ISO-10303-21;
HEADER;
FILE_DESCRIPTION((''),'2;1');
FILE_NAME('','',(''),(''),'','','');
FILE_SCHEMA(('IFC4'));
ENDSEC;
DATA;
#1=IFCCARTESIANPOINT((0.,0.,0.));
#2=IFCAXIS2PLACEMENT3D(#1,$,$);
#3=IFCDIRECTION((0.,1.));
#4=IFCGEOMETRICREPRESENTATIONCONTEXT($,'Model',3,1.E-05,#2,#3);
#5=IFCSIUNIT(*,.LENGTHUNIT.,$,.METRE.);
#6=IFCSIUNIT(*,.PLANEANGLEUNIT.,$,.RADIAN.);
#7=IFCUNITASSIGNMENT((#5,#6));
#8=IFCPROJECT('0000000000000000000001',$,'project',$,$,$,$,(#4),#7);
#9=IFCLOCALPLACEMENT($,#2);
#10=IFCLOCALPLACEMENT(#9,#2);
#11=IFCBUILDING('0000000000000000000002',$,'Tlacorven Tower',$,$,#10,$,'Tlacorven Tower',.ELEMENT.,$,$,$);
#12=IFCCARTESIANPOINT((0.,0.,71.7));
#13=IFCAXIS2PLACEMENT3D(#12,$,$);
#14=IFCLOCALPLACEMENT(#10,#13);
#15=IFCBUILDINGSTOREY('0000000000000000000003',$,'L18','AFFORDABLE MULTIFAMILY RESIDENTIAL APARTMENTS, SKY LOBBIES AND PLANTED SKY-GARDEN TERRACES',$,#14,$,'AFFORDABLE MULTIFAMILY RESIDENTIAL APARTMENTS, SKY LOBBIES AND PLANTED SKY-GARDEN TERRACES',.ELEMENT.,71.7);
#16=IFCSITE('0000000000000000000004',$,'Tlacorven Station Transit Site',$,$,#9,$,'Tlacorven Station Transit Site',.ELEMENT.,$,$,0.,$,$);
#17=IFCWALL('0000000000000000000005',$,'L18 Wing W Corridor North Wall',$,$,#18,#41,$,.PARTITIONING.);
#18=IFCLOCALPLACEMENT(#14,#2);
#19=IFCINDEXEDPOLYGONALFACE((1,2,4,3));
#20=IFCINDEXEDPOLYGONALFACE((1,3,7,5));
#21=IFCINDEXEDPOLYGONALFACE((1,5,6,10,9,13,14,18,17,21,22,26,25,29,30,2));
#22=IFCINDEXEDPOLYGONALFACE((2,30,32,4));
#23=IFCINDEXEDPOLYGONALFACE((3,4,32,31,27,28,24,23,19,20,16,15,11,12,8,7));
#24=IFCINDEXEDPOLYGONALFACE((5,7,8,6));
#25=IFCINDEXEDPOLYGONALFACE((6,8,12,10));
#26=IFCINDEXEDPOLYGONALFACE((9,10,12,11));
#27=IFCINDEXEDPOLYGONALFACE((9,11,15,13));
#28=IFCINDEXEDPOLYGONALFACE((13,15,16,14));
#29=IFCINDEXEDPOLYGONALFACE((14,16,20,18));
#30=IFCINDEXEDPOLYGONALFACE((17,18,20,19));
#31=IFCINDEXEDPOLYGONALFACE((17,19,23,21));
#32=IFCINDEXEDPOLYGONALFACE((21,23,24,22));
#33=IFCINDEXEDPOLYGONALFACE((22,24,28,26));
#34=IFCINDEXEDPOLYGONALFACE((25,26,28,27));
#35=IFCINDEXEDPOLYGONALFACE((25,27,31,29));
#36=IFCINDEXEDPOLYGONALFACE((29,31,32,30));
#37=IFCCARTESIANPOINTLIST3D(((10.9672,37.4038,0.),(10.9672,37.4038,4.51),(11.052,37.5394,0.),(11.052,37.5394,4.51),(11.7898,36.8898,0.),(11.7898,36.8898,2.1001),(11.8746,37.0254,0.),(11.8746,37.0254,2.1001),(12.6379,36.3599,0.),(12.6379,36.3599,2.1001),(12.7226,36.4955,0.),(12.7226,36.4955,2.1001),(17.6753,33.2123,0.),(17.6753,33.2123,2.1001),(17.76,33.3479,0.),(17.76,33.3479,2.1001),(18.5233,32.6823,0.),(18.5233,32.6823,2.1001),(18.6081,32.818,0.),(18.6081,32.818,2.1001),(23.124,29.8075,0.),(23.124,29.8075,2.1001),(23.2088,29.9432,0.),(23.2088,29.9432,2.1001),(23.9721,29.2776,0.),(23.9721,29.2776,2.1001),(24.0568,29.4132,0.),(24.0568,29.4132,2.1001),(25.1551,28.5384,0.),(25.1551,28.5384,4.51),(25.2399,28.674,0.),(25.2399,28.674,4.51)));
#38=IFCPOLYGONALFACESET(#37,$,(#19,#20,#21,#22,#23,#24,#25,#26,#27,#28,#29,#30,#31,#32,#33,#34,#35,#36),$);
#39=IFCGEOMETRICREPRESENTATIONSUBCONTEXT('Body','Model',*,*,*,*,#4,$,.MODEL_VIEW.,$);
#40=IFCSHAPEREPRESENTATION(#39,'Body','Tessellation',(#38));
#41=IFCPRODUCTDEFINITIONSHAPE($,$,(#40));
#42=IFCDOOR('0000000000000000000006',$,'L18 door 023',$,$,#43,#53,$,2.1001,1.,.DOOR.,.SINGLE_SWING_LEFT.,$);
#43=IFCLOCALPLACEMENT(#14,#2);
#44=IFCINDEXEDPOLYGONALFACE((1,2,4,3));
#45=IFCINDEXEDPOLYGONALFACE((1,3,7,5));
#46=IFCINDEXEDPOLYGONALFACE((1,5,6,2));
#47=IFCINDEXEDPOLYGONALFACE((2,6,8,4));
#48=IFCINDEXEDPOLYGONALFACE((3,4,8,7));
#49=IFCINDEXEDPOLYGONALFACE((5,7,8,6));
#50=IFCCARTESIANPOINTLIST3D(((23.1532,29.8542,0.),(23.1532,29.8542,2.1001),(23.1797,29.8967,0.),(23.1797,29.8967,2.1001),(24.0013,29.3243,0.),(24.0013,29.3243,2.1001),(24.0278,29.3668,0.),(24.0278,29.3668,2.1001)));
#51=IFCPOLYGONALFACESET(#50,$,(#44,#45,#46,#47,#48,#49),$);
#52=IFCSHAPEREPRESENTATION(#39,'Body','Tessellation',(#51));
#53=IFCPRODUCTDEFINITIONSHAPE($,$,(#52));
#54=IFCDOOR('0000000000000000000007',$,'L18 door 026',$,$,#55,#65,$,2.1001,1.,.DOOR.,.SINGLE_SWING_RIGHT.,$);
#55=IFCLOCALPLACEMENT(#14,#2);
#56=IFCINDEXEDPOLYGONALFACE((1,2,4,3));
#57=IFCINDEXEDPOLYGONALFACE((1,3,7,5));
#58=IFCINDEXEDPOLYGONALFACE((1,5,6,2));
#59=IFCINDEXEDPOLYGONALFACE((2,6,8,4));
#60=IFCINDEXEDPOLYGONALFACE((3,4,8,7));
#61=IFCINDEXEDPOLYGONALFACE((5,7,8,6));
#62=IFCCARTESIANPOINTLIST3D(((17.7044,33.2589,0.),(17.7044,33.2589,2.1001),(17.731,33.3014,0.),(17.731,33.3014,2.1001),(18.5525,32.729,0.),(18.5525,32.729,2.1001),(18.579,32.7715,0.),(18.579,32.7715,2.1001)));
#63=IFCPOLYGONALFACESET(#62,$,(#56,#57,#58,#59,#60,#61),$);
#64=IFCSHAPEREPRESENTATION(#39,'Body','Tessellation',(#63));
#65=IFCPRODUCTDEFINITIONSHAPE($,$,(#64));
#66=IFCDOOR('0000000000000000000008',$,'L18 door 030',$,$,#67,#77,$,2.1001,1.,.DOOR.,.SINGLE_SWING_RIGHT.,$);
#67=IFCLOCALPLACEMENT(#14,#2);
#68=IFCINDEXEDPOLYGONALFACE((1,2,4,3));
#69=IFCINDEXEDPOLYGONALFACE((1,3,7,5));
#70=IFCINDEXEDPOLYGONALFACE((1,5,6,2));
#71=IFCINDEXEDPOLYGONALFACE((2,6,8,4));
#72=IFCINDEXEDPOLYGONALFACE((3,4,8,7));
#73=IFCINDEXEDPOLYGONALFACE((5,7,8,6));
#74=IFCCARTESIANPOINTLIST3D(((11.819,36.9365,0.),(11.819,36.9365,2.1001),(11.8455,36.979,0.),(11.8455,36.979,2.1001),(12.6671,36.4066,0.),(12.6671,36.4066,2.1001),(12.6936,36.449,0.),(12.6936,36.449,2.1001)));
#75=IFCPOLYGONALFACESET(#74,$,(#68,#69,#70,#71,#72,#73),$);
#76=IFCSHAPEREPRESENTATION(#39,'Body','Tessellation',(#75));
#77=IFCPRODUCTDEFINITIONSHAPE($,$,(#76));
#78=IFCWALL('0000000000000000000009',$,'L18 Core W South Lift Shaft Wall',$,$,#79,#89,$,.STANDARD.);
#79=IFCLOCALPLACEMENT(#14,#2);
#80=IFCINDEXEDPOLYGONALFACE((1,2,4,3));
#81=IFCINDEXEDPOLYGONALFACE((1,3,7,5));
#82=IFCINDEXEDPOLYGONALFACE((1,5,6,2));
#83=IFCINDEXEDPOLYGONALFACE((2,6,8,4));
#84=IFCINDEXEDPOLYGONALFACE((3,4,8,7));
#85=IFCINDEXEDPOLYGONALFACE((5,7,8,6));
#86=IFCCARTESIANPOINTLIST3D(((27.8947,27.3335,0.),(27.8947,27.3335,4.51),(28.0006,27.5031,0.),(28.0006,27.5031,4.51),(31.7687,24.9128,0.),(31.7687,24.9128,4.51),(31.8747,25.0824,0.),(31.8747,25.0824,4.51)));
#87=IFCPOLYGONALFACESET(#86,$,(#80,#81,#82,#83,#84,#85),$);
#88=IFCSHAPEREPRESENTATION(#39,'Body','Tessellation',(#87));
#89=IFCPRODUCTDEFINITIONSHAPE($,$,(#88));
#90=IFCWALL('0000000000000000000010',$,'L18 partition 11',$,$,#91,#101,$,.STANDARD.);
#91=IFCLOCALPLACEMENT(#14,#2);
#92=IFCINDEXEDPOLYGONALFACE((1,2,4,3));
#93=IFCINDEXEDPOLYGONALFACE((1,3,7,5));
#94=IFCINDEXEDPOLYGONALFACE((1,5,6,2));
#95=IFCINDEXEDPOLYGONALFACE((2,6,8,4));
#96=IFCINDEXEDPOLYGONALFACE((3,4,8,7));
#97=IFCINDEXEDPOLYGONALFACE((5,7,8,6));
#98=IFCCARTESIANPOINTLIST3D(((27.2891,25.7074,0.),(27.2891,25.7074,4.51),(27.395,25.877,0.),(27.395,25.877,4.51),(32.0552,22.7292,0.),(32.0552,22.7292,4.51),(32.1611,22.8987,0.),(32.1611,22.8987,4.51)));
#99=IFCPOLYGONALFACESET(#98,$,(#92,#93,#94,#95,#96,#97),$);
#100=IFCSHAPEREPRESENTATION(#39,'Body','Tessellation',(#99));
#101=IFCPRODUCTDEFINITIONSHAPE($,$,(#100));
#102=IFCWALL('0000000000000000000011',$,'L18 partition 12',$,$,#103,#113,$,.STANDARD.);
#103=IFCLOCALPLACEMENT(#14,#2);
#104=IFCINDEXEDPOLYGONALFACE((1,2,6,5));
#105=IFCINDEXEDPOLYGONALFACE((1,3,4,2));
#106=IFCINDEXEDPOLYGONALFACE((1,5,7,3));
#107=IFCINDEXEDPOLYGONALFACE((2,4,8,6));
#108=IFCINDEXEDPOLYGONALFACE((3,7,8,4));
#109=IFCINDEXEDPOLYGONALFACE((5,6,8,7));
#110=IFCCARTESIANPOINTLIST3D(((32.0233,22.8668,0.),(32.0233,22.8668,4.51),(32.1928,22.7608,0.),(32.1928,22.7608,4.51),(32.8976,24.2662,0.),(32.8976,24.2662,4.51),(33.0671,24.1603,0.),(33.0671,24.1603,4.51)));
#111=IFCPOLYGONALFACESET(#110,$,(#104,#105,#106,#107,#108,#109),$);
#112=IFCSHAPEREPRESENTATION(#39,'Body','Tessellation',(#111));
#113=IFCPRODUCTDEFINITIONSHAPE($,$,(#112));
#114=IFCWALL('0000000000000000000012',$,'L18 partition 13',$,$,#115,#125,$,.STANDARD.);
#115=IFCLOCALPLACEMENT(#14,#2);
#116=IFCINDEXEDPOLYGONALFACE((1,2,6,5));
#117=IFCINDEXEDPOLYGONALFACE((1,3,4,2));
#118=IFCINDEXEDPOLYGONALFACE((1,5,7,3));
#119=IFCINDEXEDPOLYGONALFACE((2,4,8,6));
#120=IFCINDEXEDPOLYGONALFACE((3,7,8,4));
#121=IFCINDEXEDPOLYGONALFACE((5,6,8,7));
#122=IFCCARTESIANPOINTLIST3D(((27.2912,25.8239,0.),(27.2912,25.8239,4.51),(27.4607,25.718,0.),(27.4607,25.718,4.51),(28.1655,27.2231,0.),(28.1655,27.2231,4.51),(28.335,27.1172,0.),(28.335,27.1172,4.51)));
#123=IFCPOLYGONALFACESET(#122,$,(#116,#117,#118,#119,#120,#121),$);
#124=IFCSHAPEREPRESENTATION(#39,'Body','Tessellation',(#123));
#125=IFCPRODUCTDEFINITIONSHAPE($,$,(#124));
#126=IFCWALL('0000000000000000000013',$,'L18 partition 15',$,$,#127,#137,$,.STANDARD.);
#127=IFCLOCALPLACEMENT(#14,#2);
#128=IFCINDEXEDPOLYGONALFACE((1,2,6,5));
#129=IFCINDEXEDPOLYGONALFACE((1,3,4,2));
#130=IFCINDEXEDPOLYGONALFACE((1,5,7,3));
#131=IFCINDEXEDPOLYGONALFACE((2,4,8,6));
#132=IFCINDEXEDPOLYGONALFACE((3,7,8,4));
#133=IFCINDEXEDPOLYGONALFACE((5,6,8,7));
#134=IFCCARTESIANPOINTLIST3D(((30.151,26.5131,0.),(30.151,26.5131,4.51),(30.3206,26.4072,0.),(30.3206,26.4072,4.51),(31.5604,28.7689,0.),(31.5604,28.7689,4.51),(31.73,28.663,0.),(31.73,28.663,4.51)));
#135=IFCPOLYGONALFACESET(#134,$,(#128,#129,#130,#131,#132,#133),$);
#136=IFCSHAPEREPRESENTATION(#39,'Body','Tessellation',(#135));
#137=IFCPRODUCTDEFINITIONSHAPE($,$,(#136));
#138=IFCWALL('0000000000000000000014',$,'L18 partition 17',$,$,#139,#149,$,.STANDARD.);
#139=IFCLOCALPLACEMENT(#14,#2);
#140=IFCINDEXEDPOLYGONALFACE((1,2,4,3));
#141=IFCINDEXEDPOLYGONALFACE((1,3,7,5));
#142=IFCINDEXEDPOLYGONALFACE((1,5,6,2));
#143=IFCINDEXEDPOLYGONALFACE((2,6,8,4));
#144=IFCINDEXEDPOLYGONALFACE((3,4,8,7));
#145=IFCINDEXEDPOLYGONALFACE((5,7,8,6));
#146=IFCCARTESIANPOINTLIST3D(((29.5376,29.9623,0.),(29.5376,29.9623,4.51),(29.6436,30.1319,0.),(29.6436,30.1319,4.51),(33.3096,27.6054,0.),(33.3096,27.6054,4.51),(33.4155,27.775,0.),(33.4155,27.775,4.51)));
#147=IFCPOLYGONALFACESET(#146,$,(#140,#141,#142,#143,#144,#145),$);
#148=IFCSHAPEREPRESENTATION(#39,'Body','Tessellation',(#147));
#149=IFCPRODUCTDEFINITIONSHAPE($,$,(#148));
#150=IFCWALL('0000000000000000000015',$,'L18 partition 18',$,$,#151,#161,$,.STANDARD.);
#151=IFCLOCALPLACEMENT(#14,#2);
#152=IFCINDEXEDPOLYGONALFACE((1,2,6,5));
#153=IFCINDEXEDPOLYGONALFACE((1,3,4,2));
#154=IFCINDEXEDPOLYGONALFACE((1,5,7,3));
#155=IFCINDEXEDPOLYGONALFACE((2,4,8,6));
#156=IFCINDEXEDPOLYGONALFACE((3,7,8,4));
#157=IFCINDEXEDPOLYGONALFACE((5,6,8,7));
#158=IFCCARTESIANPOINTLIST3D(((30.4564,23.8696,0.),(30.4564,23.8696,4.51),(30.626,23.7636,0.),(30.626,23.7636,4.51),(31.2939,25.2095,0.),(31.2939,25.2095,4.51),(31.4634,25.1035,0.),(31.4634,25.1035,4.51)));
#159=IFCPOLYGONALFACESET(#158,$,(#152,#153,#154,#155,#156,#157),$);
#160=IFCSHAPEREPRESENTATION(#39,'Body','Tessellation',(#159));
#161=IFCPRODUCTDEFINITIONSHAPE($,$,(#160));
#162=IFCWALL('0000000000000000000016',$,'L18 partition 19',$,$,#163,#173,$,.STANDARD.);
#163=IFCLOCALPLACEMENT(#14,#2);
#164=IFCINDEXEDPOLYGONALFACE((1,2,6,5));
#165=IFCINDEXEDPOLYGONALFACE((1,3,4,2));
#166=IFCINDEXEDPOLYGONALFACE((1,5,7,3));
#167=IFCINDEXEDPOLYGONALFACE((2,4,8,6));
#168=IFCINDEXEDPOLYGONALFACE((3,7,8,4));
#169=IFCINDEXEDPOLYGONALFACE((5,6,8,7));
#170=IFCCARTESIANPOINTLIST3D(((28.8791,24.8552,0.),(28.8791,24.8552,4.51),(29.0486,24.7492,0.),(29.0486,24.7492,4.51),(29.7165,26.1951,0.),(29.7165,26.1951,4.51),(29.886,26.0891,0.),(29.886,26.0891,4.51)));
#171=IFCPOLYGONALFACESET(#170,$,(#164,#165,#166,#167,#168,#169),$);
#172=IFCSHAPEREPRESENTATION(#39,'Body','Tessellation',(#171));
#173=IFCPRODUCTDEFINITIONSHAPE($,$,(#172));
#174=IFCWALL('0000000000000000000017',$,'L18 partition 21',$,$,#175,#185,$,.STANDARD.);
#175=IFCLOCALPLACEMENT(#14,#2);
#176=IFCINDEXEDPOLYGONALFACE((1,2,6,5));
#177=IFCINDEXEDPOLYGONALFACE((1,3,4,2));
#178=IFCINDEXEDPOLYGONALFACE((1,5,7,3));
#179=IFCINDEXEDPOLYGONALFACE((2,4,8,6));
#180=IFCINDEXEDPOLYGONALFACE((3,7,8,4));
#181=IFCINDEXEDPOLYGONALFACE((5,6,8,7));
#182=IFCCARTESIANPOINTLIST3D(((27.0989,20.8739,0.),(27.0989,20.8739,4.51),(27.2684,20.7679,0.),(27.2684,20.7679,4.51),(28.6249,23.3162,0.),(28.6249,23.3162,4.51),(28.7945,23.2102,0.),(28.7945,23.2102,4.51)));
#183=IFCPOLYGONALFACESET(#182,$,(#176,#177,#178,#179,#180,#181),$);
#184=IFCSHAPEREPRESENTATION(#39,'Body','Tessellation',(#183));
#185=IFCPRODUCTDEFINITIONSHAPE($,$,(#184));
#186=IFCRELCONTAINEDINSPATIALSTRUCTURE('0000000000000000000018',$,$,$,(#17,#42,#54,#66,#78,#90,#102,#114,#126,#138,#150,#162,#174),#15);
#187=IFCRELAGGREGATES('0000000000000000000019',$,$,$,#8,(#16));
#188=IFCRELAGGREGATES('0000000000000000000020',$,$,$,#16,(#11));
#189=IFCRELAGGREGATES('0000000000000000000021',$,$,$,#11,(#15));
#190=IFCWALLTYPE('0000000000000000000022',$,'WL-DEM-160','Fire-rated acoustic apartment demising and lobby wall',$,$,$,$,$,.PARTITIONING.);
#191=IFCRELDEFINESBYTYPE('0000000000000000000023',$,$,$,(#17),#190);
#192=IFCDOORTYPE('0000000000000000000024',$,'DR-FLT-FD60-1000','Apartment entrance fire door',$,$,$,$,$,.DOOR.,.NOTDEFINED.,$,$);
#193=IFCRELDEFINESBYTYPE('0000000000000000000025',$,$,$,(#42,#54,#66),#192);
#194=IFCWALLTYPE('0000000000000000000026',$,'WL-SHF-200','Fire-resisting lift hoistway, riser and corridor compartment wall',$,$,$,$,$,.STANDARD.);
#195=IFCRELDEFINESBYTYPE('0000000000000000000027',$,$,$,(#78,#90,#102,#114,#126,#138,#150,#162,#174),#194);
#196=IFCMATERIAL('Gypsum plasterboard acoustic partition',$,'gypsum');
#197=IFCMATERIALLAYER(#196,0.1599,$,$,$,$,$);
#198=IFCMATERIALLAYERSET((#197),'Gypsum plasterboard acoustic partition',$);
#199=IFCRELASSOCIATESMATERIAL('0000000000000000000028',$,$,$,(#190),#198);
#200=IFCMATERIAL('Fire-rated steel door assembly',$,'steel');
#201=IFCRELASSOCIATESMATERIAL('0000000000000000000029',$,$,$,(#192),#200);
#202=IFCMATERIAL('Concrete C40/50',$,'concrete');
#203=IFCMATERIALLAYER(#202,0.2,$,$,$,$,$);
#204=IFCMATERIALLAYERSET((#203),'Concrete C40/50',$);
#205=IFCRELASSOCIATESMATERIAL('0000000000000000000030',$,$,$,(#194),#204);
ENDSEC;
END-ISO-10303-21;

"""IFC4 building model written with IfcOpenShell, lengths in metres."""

from ifc_helpers import new_model, si_unit, direction, frame, frame_2d, origin, place, context, subcontext, project, spatial, rectangle, extrude, source, transform, mapped, material, layer, layer_set, type_object, element, fill, save


model = new_model("IFC4")

# Units and contexts
model_context = context("Model", 3, precision=1e-05, world=origin(), true_north=direction((0.0, 1.0)))
body_context = subcontext(model_context, "Body", "Model", "MODEL_VIEW")
ifc_project = project(units=[si_unit("LENGTHUNIT", "METRE"), si_unit("PLANEANGLEUNIT", "RADIAN")], contexts=[model_context])

# Site, building, storey
site_placement = place(None, origin())
site = spatial("IfcSite", under=ifc_project, at=site_placement, Name="Tlacorven Station Transit Site", LongName="Tlacorven Station Transit Site", CompositionType="ELEMENT", RefElevation=0.0)
building_placement = place(site_placement, origin())
building = spatial("IfcBuilding", under=site, at=building_placement, Name="Tlacorven Tower", LongName="Tlacorven Tower", CompositionType="ELEMENT")
storey_placement = place(building_placement, frame((0.0, 0.0, 71.7)))
storey = spatial("IfcBuildingStorey", under=building, at=storey_placement, Name="L18", Description="AFFORDABLE MULTIFAMILY RESIDENTIAL APARTMENTS, SKY LOBBIES AND PLANTED SKY-GARDEN TERRACES", LongName="AFFORDABLE MULTIFAMILY RESIDENTIAL APARTMENTS, SKY LOBBIES AND PLANTED SKY-GARDEN TERRACES", CompositionType="ELEMENT", Elevation=71.7)

# Shared definitions
ifc_material_1 = material(Name="Gypsum plasterboard acoustic partition", Category="gypsum")
ifc_layer_1 = layer(ifc_material_1, 0.1599)
ifc_layer_set_1 = layer_set([ifc_layer_1], Name="Gypsum plasterboard acoustic partition")
wall_type_1 = type_object("IfcWallType", Name="WL-DEM-160", Description="Fire-rated acoustic apartment demising and lobby wall", PredefinedType="PARTITIONING", material=ifc_layer_set_1)

# Shared definitions
ifc_material_2 = material(Name="Fire-rated steel door assembly", Category="steel")

# Wall, openings, doors
door_type_1 = type_object("IfcDoorType", Name="DR-FLT-FD60-1000", Description="Apartment entrance fire door", OperationType="NOTDEFINED", PredefinedType="DOOR", material=ifc_material_2)
shared_shape_1 = source(origin(), body_context, "Body", "SweptSolid", [
    extrude(rectangle(XDim=1.0, YDim=2.1001, at=frame_2d((0.5, 1.05))), frame((0.0, 0.0249, 0.0), z_axis=(0.0, -1.0, 0.0), x_axis=(1.0, 0.0, 0.0)), (0.0, 0.0, 1.0), 0.05),
])
wall_1_placement = place(storey_placement, frame((25.1975, 28.6062, 0.0), z_axis=(0.0, 0.0, 1.0), x_axis=(-0.848052, 0.529912, 0.0)))
wall_1 = element("IfcWall", 1, at=wall_1_placement, inside=storey, type_object=wall_type_1, Name="L18 Wing W Corridor North Wall", PredefinedType="PARTITIONING", context=body_context, shape_type="SweptSolid", body=[
    extrude(rectangle(XDim=16.73, YDim=0.1599, at=frame_2d((8.365, 0.0))), origin(), (0.0, 0.0, 1.0), 4.51),
])
opening_1_placement = place(wall_1_placement, frame((1.395, 0.0, 0.0)))
opening_1 = element("IfcOpeningElement", 2, at=opening_1_placement, cuts=wall_1, PredefinedType="OPENING", context=body_context, shape_type="SweptSolid", body=[
    extrude(rectangle(XDim=1.0, YDim=2.1001, at=frame_2d((0.5, 1.05))), frame((0.0, 0.0898, 0.0), z_axis=(0.0, -1.0, 0.0), x_axis=(1.0, 0.0, 0.0)), (0.0, 0.0, 1.0), 0.1799),
])
opening_2_placement = place(wall_1_placement, frame((7.8201, 0.0, 0.0)))
opening_2 = element("IfcOpeningElement", 3, at=opening_2_placement, cuts=wall_1, PredefinedType="OPENING", context=body_context, shape_type="SweptSolid", body=[
    extrude(rectangle(XDim=1.0, YDim=2.1001, at=frame_2d((0.5, 1.05))), frame((0.0, 0.0898, 0.0), z_axis=(0.0, -1.0, 0.0), x_axis=(1.0, 0.0, 0.0)), (0.0, 0.0, 1.0), 0.1799),
])
opening_3_placement = place(wall_1_placement, frame((14.76, 0.0, 0.0)))
opening_3 = element("IfcOpeningElement", 4, at=opening_3_placement, cuts=wall_1, PredefinedType="OPENING", context=body_context, shape_type="SweptSolid", body=[
    extrude(rectangle(XDim=1.0, YDim=2.1001, at=frame_2d((0.5, 1.05))), frame((0.0, 0.0898, 0.0), z_axis=(0.0, -1.0, 0.0), x_axis=(1.0, 0.0, 0.0)), (0.0, 0.0, 1.0), 0.1799),
])
door_1_placement = place(opening_1_placement, origin())
door_1 = element("IfcDoor", 5, at=door_1_placement, inside=storey, type_object=door_type_1, Name="L18 door 023", OperationType="SINGLE_SWING_LEFT", OverallHeight=2.1001, OverallWidth=1.0, PredefinedType="DOOR", context=body_context, shape_type="MappedRepresentation", body=[
    mapped(shared_shape_1, transform((0.0, 0.0, 0.0), scale=1.0)),
])
fill(opening_1, door_1)
door_2_placement = place(opening_2_placement, origin())
door_2 = element("IfcDoor", 6, at=door_2_placement, inside=storey, type_object=door_type_1, Name="L18 door 026", OperationType="SINGLE_SWING_RIGHT", OverallHeight=2.1001, OverallWidth=1.0, PredefinedType="DOOR", context=body_context, shape_type="MappedRepresentation", body=[
    mapped(shared_shape_1, transform((0.0, 0.0, 0.0), scale=1.0)),
])
fill(opening_2, door_2)
door_3_placement = place(opening_3_placement, origin())
door_3 = element("IfcDoor", 7, at=door_3_placement, inside=storey, type_object=door_type_1, Name="L18 door 030", OperationType="SINGLE_SWING_RIGHT", OverallHeight=2.1001, OverallWidth=1.0, PredefinedType="DOOR", context=body_context, shape_type="MappedRepresentation", body=[
    mapped(shared_shape_1, transform((0.0, 0.0, 0.0), scale=1.0)),
])
fill(opening_3, door_3)

# Walls
ifc_material_3 = material(Name="Concrete C40/50", Category="concrete")
ifc_layer_2 = layer(ifc_material_3, 0.2)
ifc_layer_set_2 = layer_set([ifc_layer_2], Name="Concrete C40/50")
wall_type_2 = type_object("IfcWallType", Name="WL-SHF-200", Description="Fire-resisting lift hoistway, riser and corridor compartment wall", PredefinedType="STANDARD", material=ifc_layer_set_2)
wall_2_placement = place(storey_placement, frame((31.8218, 24.9976, 0.0), z_axis=(0.0, 0.0, 1.0), x_axis=(-0.848058, 0.529903, 0.0)))
element("IfcWall", 8, at=wall_2_placement, inside=storey, type_object=wall_type_2, Name="L18 Core W South Lift Shaft Wall", PredefinedType="STANDARD", context=body_context, shape_type="SweptSolid", body=[
    extrude(rectangle(XDim=4.5681, YDim=0.2, at=frame_2d((2.2842, 0.0))), origin(), (0.0, 0.0, 1.0), 4.51),
])
wall_3_placement = place(storey_placement, frame((32.1082, 22.814, 0.0), z_axis=(0.0, 0.0, 1.0), x_axis=(-0.848042, 0.529929, 0.0)))
element("IfcWall", 9, at=wall_3_placement, inside=storey, type_object=wall_type_2, Name="L18 partition 11", PredefinedType="STANDARD", context=body_context, shape_type="SweptSolid", body=[
    extrude(rectangle(XDim=5.6201, YDim=0.2, at=frame_2d((2.8101, 0.0))), origin(), (0.0, 0.0, 1.0), 4.51),
])
wall_4_placement = place(storey_placement, frame((32.9824, 24.2134, 0.0), z_axis=(0.0, 0.0, 1.0), x_axis=(-0.529839, -0.848098, 0.0)))
element("IfcWall", 10, at=wall_4_placement, inside=storey, type_object=wall_type_2, Name="L18 partition 12", PredefinedType="STANDARD", context=body_context, shape_type="SweptSolid", body=[
    extrude(rectangle(XDim=1.6501, YDim=0.2, at=frame_2d((0.8252, 0.0))), origin(), (0.0, 0.0, 1.0), 4.51),
])
wall_5_placement = place(storey_placement, frame((28.2502, 27.1702, 0.0), z_axis=(0.0, 0.0, 1.0), x_axis=(-0.529906, -0.848056, 0.0)))
element("IfcWall", 11, at=wall_5_placement, inside=storey, type_object=wall_type_2, Name="L18 partition 13", PredefinedType="STANDARD", context=body_context, shape_type="SweptSolid", body=[
    extrude(rectangle(XDim=1.6499, YDim=0.2, at=frame_2d((0.825, 0.0))), origin(), (0.0, 0.0, 1.0), 4.51),
])
wall_6_placement = place(storey_placement, frame((31.6453, 28.7161, 0.0), z_axis=(0.0, 0.0, 1.0), x_axis=(-0.529867, -0.848081, 0.0)))
element("IfcWall", 12, at=wall_6_placement, inside=storey, type_object=wall_type_2, Name="L18 partition 15", PredefinedType="STANDARD", context=body_context, shape_type="SweptSolid", body=[
    extrude(rectangle(XDim=2.6599, YDim=0.2, at=frame_2d((1.3301, 0.0))), origin(), (0.0, 0.0, 1.0), 4.51),
])
wall_7_placement = place(storey_placement, frame((33.3625, 27.6902, 0.0), z_axis=(0.0, 0.0, 1.0), x_axis=(-0.848054, 0.52991, 0.0)))
element("IfcWall", 13, at=wall_7_placement, inside=storey, type_object=wall_type_2, Name="L18 partition 17", PredefinedType="STANDARD", context=body_context, shape_type="SweptSolid", body=[
    extrude(rectangle(XDim=4.4478, YDim=0.2, at=frame_2d((2.2239, 0.0))), origin(), (0.0, 0.0, 1.0), 4.51),
])
for number, where, z_axis, x_axis, name in (
    (14, (31.3787, 25.1565, 0.0), (0.0, 0.0, 1.0), (-0.529999, -0.847998, 0.0), "L18 partition 18"),
    (15, (29.8013, 26.1421, 0.0), (0.0, 0.0, 1.0), (-0.529999, -0.847998, 0.0), "L18 partition 19"),
):
    element("IfcWall", number, at=place(storey_placement, frame(where, z_axis=z_axis, x_axis=x_axis)), inside=storey, type_object=wall_type_2, Name=name, PredefinedType="STANDARD", context=body_context, shape_type="SweptSolid", body=[
        extrude(rectangle(XDim=1.5801, YDim=0.2, at=frame_2d((0.79, 0.0))), origin(), (0.0, 0.0, 1.0), 4.51),
    ])
wall_8_placement = place(storey_placement, frame((28.7097, 23.2632, 0.0), z_axis=(0.0, 0.0, 1.0), x_axis=(-0.529907, -0.848055, 0.0)))
element("IfcWall", 16, at=wall_8_placement, inside=storey, type_object=wall_type_2, Name="L18 partition 21", PredefinedType="STANDARD", context=body_context, shape_type="SweptSolid", body=[
    extrude(rectangle(XDim=2.8799, YDim=0.2, at=frame_2d((1.4399, 0.0))), origin(), (0.0, 0.0, 1.0), 4.51),
])

save(model, "model.ifc")
